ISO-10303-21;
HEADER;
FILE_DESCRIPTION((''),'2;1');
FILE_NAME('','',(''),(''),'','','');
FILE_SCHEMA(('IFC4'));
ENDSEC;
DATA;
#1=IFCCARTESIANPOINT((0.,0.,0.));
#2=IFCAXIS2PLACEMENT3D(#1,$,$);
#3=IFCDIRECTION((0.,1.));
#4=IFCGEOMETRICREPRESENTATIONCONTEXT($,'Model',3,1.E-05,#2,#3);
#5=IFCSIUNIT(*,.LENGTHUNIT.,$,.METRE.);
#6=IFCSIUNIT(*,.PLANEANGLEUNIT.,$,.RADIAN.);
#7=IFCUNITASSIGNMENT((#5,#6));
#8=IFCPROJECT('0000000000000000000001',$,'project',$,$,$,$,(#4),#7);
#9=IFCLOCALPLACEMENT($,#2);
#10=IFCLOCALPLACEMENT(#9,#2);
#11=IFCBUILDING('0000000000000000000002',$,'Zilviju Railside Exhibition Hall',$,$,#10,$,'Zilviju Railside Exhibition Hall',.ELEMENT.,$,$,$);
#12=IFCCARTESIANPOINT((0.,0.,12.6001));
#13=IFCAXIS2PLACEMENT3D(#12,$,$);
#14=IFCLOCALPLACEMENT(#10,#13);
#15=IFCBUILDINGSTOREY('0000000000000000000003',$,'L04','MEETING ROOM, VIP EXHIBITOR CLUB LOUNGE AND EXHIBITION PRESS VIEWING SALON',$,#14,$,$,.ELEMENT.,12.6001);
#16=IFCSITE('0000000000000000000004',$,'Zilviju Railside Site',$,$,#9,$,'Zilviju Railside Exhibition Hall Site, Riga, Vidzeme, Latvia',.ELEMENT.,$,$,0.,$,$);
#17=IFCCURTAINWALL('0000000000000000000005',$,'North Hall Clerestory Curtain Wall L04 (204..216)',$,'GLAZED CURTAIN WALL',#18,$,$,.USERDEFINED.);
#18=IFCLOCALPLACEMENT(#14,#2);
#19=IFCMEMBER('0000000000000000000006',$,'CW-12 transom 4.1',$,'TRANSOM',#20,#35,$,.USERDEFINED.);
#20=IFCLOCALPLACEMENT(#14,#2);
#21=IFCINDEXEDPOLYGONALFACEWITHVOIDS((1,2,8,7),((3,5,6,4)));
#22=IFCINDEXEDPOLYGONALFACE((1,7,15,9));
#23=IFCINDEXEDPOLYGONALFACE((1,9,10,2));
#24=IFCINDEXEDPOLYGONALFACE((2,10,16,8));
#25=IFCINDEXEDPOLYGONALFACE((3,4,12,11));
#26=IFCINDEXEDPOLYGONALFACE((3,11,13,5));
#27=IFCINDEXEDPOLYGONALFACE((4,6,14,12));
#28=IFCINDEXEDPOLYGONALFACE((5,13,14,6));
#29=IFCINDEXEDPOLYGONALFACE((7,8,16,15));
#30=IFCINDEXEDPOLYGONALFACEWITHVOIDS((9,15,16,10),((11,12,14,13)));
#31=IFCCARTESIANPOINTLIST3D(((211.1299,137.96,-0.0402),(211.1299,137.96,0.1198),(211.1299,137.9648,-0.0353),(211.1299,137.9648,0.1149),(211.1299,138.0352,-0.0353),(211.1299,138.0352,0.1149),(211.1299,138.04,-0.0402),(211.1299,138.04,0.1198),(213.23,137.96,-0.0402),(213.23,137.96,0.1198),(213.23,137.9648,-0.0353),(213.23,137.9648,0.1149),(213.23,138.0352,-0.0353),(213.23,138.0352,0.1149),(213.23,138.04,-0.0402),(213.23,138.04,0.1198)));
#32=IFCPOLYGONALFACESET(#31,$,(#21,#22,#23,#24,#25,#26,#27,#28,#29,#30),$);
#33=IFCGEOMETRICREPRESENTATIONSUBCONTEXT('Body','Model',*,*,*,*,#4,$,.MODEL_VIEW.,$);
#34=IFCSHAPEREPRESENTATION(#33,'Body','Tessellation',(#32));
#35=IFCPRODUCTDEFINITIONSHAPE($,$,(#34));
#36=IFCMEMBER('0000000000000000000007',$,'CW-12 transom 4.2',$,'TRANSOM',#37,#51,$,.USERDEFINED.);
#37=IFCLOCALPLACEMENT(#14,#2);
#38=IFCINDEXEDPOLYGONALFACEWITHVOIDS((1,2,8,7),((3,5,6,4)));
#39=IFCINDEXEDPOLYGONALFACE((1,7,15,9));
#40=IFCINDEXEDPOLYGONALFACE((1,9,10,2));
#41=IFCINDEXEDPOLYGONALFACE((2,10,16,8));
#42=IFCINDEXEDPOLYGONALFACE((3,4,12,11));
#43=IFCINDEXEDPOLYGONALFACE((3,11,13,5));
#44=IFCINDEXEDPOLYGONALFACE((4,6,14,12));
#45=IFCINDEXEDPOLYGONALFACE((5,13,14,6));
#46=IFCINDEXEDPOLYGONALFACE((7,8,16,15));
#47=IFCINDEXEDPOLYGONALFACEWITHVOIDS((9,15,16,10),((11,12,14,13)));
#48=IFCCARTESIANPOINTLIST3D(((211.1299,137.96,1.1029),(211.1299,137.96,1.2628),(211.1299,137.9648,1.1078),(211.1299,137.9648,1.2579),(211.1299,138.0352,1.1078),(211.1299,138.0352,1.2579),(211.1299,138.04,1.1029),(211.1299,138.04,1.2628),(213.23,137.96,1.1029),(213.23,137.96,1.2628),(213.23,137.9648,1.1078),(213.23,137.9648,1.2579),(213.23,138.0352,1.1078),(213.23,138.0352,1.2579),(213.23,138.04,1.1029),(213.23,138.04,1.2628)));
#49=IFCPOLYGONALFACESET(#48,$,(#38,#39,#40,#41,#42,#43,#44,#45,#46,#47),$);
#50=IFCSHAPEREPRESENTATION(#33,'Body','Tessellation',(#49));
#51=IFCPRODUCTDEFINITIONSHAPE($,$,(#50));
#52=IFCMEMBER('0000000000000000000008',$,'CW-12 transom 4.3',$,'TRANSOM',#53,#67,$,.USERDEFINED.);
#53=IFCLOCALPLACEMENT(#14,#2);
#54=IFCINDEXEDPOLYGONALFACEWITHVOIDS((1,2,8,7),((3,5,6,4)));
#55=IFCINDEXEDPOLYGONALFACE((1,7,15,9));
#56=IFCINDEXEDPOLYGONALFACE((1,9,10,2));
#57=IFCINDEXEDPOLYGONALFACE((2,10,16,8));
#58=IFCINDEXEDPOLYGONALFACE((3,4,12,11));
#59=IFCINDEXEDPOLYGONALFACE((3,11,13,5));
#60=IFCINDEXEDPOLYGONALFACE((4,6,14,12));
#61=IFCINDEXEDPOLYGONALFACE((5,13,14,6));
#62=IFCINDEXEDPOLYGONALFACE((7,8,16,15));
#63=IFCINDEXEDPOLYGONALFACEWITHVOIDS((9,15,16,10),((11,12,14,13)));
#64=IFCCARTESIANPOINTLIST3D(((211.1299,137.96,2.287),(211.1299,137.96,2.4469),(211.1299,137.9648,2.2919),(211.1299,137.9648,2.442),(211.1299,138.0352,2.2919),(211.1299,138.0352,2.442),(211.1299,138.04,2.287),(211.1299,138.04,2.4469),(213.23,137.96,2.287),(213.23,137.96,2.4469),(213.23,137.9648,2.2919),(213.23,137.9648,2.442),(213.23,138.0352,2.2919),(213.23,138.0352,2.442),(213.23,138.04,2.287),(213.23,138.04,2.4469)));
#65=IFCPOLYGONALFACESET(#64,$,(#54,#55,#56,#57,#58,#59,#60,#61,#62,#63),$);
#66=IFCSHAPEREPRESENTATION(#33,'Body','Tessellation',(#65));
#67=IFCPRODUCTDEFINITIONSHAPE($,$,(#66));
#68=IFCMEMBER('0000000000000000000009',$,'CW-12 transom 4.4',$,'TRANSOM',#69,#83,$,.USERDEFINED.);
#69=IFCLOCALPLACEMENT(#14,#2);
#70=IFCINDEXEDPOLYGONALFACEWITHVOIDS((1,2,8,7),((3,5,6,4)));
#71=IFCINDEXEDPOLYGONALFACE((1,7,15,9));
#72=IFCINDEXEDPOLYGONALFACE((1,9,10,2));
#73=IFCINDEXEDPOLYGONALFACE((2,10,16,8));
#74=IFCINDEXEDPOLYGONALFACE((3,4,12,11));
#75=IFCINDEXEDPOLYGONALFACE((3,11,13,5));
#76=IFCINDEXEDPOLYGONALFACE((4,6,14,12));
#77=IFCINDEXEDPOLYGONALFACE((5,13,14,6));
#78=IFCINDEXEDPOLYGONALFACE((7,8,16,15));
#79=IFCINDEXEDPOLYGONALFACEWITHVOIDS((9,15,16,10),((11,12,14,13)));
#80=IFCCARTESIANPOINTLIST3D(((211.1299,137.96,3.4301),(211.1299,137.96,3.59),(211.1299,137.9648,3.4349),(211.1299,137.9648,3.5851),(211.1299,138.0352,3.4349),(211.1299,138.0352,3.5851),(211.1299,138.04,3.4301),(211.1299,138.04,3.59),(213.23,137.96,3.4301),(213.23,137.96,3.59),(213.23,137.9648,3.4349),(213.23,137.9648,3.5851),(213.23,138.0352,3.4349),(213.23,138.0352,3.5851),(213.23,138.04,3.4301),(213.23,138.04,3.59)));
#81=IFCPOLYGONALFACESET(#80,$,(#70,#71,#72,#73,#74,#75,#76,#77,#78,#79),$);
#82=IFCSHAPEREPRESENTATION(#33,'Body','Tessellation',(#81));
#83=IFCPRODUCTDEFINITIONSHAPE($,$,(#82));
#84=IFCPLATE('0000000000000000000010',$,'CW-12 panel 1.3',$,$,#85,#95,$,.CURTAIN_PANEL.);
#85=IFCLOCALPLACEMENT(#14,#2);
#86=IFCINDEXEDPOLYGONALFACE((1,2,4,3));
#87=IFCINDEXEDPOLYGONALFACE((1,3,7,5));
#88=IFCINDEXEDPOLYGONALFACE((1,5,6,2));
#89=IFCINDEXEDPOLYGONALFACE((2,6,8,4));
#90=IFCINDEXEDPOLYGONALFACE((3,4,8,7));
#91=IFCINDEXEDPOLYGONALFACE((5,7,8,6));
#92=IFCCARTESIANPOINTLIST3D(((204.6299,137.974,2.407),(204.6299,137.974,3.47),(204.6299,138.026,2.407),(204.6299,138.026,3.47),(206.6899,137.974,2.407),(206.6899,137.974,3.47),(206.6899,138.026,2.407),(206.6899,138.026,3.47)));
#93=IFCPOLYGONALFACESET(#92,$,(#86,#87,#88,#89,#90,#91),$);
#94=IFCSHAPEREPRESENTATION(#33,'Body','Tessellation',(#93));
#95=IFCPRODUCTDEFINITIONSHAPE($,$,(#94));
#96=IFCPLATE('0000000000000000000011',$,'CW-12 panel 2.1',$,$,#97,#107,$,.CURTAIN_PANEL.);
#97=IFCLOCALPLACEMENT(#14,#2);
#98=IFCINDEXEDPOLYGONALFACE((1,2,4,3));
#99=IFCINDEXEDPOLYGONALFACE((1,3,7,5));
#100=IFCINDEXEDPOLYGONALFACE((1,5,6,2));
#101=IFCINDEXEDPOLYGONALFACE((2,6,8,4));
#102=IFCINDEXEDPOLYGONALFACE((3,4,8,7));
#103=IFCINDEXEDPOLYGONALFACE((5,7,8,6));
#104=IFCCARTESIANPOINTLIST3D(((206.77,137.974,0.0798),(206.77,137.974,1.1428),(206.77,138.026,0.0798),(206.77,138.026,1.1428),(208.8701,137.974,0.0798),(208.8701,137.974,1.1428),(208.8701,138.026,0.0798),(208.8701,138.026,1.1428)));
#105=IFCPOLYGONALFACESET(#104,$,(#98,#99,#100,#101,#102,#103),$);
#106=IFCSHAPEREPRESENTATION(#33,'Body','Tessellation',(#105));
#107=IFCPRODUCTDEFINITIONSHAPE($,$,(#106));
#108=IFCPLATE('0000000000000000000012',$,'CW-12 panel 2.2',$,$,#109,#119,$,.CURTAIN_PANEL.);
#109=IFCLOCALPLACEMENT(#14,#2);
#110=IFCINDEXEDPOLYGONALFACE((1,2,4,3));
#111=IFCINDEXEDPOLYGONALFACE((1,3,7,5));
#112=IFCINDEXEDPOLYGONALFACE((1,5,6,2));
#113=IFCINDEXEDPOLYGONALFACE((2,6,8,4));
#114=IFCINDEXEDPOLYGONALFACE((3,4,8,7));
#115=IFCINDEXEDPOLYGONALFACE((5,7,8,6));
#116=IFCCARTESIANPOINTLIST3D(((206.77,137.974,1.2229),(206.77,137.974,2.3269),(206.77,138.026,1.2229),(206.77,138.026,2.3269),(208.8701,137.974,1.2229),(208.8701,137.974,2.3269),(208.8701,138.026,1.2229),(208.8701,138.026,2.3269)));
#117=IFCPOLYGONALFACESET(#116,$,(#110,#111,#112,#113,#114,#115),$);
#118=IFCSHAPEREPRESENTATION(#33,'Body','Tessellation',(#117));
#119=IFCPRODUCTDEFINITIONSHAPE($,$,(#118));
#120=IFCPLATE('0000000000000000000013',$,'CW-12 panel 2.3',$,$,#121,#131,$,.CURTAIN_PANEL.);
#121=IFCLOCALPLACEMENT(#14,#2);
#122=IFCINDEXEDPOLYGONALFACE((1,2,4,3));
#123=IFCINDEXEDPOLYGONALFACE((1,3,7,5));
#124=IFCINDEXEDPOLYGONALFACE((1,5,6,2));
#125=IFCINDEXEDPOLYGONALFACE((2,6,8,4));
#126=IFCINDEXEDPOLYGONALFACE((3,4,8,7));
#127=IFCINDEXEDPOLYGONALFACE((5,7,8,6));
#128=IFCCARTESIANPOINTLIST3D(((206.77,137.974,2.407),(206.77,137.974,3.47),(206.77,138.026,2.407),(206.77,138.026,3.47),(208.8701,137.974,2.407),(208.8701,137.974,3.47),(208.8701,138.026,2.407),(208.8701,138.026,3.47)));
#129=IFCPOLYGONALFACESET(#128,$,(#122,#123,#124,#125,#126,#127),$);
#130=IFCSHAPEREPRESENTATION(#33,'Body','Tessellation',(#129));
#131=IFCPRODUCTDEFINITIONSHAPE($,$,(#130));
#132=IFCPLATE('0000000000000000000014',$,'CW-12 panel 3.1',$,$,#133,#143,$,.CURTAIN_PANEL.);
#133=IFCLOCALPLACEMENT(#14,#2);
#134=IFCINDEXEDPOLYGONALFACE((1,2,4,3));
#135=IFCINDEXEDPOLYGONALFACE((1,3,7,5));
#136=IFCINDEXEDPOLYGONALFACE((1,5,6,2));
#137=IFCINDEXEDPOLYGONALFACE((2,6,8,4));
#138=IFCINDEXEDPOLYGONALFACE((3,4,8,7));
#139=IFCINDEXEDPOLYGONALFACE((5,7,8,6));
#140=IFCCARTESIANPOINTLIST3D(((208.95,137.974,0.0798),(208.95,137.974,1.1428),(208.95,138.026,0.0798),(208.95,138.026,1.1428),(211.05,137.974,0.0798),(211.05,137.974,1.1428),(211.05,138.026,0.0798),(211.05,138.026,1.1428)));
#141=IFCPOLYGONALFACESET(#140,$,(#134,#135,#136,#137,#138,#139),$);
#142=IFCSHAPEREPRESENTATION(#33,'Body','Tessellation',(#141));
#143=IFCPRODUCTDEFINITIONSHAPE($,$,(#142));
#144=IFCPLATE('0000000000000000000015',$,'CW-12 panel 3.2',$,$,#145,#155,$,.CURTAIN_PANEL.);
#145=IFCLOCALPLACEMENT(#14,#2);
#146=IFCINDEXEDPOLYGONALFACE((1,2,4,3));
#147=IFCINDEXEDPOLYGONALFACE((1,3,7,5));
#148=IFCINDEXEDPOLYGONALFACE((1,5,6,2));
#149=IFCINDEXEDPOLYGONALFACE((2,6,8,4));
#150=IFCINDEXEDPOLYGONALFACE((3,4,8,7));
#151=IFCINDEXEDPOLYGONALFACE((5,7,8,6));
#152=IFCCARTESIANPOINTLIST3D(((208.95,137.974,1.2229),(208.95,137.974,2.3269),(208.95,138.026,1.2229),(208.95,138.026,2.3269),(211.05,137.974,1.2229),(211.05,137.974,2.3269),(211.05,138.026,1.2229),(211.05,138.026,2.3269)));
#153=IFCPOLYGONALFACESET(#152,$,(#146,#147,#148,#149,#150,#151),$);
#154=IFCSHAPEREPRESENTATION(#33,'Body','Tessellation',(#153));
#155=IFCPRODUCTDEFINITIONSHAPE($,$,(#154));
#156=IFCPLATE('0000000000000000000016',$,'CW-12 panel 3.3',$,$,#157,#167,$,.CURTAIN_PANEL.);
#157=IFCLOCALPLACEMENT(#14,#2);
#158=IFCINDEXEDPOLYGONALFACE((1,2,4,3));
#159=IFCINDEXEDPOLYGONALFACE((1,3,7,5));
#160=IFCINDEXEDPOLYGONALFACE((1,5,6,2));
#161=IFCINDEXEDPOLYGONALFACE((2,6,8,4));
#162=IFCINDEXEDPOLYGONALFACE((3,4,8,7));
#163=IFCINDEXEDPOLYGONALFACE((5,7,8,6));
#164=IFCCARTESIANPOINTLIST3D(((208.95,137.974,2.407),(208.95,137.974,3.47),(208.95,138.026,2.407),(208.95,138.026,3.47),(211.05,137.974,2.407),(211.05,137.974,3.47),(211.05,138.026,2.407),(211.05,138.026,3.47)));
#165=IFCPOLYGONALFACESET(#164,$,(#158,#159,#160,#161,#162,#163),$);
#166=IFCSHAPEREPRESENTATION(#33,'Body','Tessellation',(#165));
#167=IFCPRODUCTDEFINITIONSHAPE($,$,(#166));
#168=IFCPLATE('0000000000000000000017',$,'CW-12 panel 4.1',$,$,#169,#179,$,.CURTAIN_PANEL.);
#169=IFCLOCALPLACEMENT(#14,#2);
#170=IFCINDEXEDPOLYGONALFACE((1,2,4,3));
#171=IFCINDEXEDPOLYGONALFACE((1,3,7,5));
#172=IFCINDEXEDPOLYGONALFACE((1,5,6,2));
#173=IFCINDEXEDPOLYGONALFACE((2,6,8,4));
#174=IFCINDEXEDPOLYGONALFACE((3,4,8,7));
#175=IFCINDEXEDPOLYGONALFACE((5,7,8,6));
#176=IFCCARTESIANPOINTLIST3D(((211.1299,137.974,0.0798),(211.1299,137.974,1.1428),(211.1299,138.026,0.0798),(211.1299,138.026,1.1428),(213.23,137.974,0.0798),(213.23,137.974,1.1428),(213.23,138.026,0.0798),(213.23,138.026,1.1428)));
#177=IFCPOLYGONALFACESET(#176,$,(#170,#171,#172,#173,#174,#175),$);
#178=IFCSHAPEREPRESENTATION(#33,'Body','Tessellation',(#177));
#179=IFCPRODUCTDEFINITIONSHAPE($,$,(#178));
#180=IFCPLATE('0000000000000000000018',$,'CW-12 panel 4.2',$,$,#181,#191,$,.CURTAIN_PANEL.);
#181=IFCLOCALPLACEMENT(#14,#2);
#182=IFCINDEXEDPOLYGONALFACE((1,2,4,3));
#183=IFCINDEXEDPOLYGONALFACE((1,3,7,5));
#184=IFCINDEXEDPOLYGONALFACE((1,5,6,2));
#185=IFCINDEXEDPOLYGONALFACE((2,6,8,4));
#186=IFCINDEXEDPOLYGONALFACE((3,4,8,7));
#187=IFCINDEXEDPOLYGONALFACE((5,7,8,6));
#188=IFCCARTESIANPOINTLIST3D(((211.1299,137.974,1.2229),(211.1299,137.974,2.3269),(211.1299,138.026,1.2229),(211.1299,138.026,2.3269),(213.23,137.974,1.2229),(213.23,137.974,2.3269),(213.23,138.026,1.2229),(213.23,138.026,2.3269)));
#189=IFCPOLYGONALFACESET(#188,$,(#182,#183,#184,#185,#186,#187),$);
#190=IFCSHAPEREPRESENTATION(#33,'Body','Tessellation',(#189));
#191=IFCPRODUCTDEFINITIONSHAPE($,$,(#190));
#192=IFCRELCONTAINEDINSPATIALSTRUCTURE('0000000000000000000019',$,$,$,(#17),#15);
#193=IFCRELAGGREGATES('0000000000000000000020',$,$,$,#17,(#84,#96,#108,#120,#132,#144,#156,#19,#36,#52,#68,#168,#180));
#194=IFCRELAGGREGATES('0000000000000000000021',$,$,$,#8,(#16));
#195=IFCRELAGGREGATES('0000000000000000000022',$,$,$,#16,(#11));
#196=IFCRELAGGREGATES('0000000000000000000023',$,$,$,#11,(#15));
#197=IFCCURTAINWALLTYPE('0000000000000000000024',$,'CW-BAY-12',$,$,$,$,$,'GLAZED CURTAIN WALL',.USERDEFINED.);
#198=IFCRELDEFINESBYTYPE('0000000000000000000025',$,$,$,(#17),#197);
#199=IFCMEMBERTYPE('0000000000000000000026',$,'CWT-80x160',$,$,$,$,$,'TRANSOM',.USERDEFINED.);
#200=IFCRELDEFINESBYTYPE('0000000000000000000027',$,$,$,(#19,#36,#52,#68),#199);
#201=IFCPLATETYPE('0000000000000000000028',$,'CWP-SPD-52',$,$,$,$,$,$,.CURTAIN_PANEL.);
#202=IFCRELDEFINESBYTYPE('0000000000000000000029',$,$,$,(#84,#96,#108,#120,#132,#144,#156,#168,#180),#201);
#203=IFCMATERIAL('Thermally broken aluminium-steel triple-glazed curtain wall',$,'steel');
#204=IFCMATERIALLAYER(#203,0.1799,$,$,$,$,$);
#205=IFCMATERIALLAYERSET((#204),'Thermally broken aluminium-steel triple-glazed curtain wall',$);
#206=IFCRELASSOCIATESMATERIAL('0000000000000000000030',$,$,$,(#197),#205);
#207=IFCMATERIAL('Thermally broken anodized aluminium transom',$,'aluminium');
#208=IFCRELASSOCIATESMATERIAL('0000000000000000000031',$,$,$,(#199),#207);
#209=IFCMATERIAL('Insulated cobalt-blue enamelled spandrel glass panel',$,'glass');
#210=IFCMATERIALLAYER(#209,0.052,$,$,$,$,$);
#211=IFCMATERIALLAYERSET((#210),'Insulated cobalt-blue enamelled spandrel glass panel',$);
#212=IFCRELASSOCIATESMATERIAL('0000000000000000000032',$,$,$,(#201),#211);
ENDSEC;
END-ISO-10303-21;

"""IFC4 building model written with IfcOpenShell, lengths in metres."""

from ifc_helpers import new_model, si_unit, direction, frame, origin, origin_2d, place, context, subcontext, project, spatial, rectangle, hollow_rectangle, extrude, material, layer, layer_set, material_profile, profile_set, type_object, element, aggregate, save


model = new_model("IFC4")

# Units and contexts
model_context = context("Model", 3, precision=1e-05, world=origin(), true_north=direction((0.0, 1.0)))
body_context = subcontext(model_context, "Body", "Model", "MODEL_VIEW")
ifc_project = project(units=[si_unit("LENGTHUNIT", "METRE"), si_unit("PLANEANGLEUNIT", "RADIAN")], contexts=[model_context])

# Site, building, storey
site_placement = place(None, origin())
site = spatial("IfcSite", under=ifc_project, at=site_placement, Name="Zilviju Railside Site", LongName="Zilviju Railside Exhibition Hall Site, Riga, Vidzeme, Latvia", CompositionType="ELEMENT", RefElevation=0.0)
building_placement = place(site_placement, origin())
building = spatial("IfcBuilding", under=site, at=building_placement, Name="Zilviju Railside Exhibition Hall", LongName="Zilviju Railside Exhibition Hall", CompositionType="ELEMENT")
storey_placement = place(building_placement, frame((0.0, 0.0, 12.6001)))
storey = spatial("IfcBuildingStorey", under=building, at=storey_placement, Name="L04", Description="MEETING ROOM, VIP EXHIBITOR CLUB LOUNGE AND EXHIBITION PRESS VIEWING SALON", CompositionType="ELEMENT", Elevation=12.6001)

# Curtain wall, members, plates
ifc_material_1 = material(Name="Thermally broken aluminium-steel triple-glazed curtain wall", Category="steel")
ifc_layer_1 = layer(ifc_material_1, 0.1799)
ifc_layer_set_1 = layer_set([ifc_layer_1], Name="Thermally broken aluminium-steel triple-glazed curtain wall")
curtain_wall_type = type_object("IfcCurtainWallType", Name="CW-BAY-12", ElementType="GLAZED CURTAIN WALL", PredefinedType="USERDEFINED", material=ifc_layer_set_1)
curtain_wall_placement = place(storey_placement, origin())
curtain_wall = element("IfcCurtainWall", 1, at=curtain_wall_placement, inside=storey, type_object=curtain_wall_type, Name="North Hall Clerestory Curtain Wall L04 (204..216)", ObjectType="GLAZED CURTAIN WALL", PredefinedType="USERDEFINED")
ifc_material_2 = material(Name="Thermally broken anodized aluminium transom", Category="aluminium")
ifc_material_profile_1 = material_profile(ifc_material_2, hollow_rectangle(XDim=0.0801, YDim=0.1599, WallThickness=0.0049, at=origin_2d()), Name="TRANSOM 160x80x5")
ifc_profile_set_1 = profile_set([ifc_material_profile_1], Name="Thermally broken anodized aluminium transom")
member_type_1 = type_object("IfcMemberType", Name="CWT-80x160", ElementType="TRANSOM", PredefinedType="USERDEFINED", material=ifc_profile_set_1)
member_1_placement = place(storey_placement, frame((211.1299, 138.0, 0.0398), z_axis=(1.0, 0.0, 0.0), x_axis=(0.0, 1.0, 0.0)))
member_1 = element("IfcMember", 2, at=member_1_placement, type_object=member_type_1, Name="CW-12 transom 4.1", ObjectType="TRANSOM", PredefinedType="USERDEFINED", context=body_context, shape_type="SweptSolid", body=[
    extrude(hollow_rectangle(XDim=0.0801, YDim=0.1599, WallThickness=0.0049, at=origin_2d()), origin(), (0.0, 0.0, 1.0), 2.1001),
])
member_2_placement = place(storey_placement, frame((211.1299, 138.0, 1.1829), z_axis=(1.0, 0.0, 0.0), x_axis=(0.0, 1.0, 0.0)))
member_2 = element("IfcMember", 3, at=member_2_placement, type_object=member_type_1, Name="CW-12 transom 4.2", ObjectType="TRANSOM", PredefinedType="USERDEFINED", context=body_context, shape_type="SweptSolid", body=[
    extrude(hollow_rectangle(XDim=0.0801, YDim=0.1599, WallThickness=0.0049, at=origin_2d()), origin(), (0.0, 0.0, 1.0), 2.1001),
])
member_3_placement = place(storey_placement, frame((211.1299, 138.0, 2.3669), z_axis=(1.0, 0.0, 0.0), x_axis=(0.0, 1.0, 0.0)))
member_3 = element("IfcMember", 4, at=member_3_placement, type_object=member_type_1, Name="CW-12 transom 4.3", ObjectType="TRANSOM", PredefinedType="USERDEFINED", context=body_context, shape_type="SweptSolid", body=[
    extrude(hollow_rectangle(XDim=0.0801, YDim=0.1599, WallThickness=0.0049, at=origin_2d()), origin(), (0.0, 0.0, 1.0), 2.1001),
])
member_4_placement = place(storey_placement, frame((211.1299, 138.0, 3.51), z_axis=(1.0, 0.0, 0.0), x_axis=(0.0, 1.0, 0.0)))
member_4 = element("IfcMember", 5, at=member_4_placement, type_object=member_type_1, Name="CW-12 transom 4.4", ObjectType="TRANSOM", PredefinedType="USERDEFINED", context=body_context, shape_type="SweptSolid", body=[
    extrude(hollow_rectangle(XDim=0.0801, YDim=0.1599, WallThickness=0.0049, at=origin_2d()), origin(), (0.0, 0.0, 1.0), 2.1001),
])
ifc_material_3 = material(Name="Insulated cobalt-blue enamelled spandrel glass panel", Category="glass")
ifc_layer_2 = layer(ifc_material_3, 0.052)
ifc_layer_set_2 = layer_set([ifc_layer_2], Name="Insulated cobalt-blue enamelled spandrel glass panel")
plate_type = type_object("IfcPlateType", Name="CWP-SPD-52", PredefinedType="CURTAIN_PANEL", material=ifc_layer_set_2)
plate_1_placement = place(storey_placement, frame((205.6599, 138.0, 2.407), z_axis=(0.0, 0.0, 1.0), x_axis=(1.0, 0.0, 0.0)))
plate_1 = element("IfcPlate", 6, at=plate_1_placement, type_object=plate_type, Name="CW-12 panel 1.3", PredefinedType="CURTAIN_PANEL", context=body_context, shape_type="SweptSolid", body=[
    extrude(rectangle(XDim=2.0601, YDim=0.052, at=origin_2d()), origin(), (0.0, 0.0, 1.0), 1.063),
])
plate_2_placement = place(storey_placement, frame((207.8201, 138.0, 0.0798), z_axis=(0.0, 0.0, 1.0), x_axis=(1.0, 0.0, 0.0)))
plate_2 = element("IfcPlate", 7, at=plate_2_placement, type_object=plate_type, Name="CW-12 panel 2.1", PredefinedType="CURTAIN_PANEL", context=body_context, shape_type="SweptSolid", body=[
    extrude(rectangle(XDim=2.1001, YDim=0.052, at=origin_2d()), origin(), (0.0, 0.0, 1.0), 1.063),
])
plate_3_placement = place(storey_placement, frame((207.8201, 138.0, 1.2229), z_axis=(0.0, 0.0, 1.0), x_axis=(1.0, 0.0, 0.0)))
plate_3 = element("IfcPlate", 8, at=plate_3_placement, type_object=plate_type, Name="CW-12 panel 2.2", PredefinedType="CURTAIN_PANEL", context=body_context, shape_type="SweptSolid", body=[
    extrude(rectangle(XDim=2.1001, YDim=0.052, at=origin_2d()), origin(), (0.0, 0.0, 1.0), 1.104),
])
plate_4_placement = place(storey_placement, frame((207.8201, 138.0, 2.407), z_axis=(0.0, 0.0, 1.0), x_axis=(1.0, 0.0, 0.0)))
plate_4 = element("IfcPlate", 9, at=plate_4_placement, type_object=plate_type, Name="CW-12 panel 2.3", PredefinedType="CURTAIN_PANEL", context=body_context, shape_type="SweptSolid", body=[
    extrude(rectangle(XDim=2.1001, YDim=0.052, at=origin_2d()), origin(), (0.0, 0.0, 1.0), 1.063),
])
plate_5_placement = place(storey_placement, frame((210.0, 138.0, 0.0798), z_axis=(0.0, 0.0, 1.0), x_axis=(1.0, 0.0, 0.0)))
plate_5 = element("IfcPlate", 10, at=plate_5_placement, type_object=plate_type, Name="CW-12 panel 3.1", PredefinedType="CURTAIN_PANEL", context=body_context, shape_type="SweptSolid", body=[
    extrude(rectangle(XDim=2.1001, YDim=0.052, at=origin_2d()), origin(), (0.0, 0.0, 1.0), 1.063),
])
plate_6_placement = place(storey_placement, frame((210.0, 138.0, 1.2229), z_axis=(0.0, 0.0, 1.0), x_axis=(1.0, 0.0, 0.0)))
plate_6 = element("IfcPlate", 11, at=plate_6_placement, type_object=plate_type, Name="CW-12 panel 3.2", PredefinedType="CURTAIN_PANEL", context=body_context, shape_type="SweptSolid", body=[
    extrude(rectangle(XDim=2.1001, YDim=0.052, at=origin_2d()), origin(), (0.0, 0.0, 1.0), 1.104),
])
plate_7_placement = place(storey_placement, frame((210.0, 138.0, 2.407), z_axis=(0.0, 0.0, 1.0), x_axis=(1.0, 0.0, 0.0)))
plate_7 = element("IfcPlate", 12, at=plate_7_placement, type_object=plate_type, Name="CW-12 panel 3.3", PredefinedType="CURTAIN_PANEL", context=body_context, shape_type="SweptSolid", body=[
    extrude(rectangle(XDim=2.1001, YDim=0.052, at=origin_2d()), origin(), (0.0, 0.0, 1.0), 1.063),
])
plate_8_placement = place(storey_placement, frame((212.1799, 138.0, 0.0798), z_axis=(0.0, 0.0, 1.0), x_axis=(1.0, 0.0, 0.0)))
plate_8 = element("IfcPlate", 13, at=plate_8_placement, type_object=plate_type, Name="CW-12 panel 4.1", PredefinedType="CURTAIN_PANEL", context=body_context, shape_type="SweptSolid", body=[
    extrude(rectangle(XDim=2.1001, YDim=0.052, at=origin_2d()), origin(), (0.0, 0.0, 1.0), 1.063),
])
plate_9_placement = place(storey_placement, frame((212.1799, 138.0, 1.2229), z_axis=(0.0, 0.0, 1.0), x_axis=(1.0, 0.0, 0.0)))
plate_9 = element("IfcPlate", 14, at=plate_9_placement, type_object=plate_type, Name="CW-12 panel 4.2", PredefinedType="CURTAIN_PANEL", context=body_context, shape_type="SweptSolid", body=[
    extrude(rectangle(XDim=2.1001, YDim=0.052, at=origin_2d()), origin(), (0.0, 0.0, 1.0), 1.104),
])
aggregate(curtain_wall, [plate_1, plate_2, plate_3, plate_4, plate_5, plate_6, plate_7, member_1, member_2, member_3, member_4, plate_8, plate_9])

save(model, "model.ifc")
